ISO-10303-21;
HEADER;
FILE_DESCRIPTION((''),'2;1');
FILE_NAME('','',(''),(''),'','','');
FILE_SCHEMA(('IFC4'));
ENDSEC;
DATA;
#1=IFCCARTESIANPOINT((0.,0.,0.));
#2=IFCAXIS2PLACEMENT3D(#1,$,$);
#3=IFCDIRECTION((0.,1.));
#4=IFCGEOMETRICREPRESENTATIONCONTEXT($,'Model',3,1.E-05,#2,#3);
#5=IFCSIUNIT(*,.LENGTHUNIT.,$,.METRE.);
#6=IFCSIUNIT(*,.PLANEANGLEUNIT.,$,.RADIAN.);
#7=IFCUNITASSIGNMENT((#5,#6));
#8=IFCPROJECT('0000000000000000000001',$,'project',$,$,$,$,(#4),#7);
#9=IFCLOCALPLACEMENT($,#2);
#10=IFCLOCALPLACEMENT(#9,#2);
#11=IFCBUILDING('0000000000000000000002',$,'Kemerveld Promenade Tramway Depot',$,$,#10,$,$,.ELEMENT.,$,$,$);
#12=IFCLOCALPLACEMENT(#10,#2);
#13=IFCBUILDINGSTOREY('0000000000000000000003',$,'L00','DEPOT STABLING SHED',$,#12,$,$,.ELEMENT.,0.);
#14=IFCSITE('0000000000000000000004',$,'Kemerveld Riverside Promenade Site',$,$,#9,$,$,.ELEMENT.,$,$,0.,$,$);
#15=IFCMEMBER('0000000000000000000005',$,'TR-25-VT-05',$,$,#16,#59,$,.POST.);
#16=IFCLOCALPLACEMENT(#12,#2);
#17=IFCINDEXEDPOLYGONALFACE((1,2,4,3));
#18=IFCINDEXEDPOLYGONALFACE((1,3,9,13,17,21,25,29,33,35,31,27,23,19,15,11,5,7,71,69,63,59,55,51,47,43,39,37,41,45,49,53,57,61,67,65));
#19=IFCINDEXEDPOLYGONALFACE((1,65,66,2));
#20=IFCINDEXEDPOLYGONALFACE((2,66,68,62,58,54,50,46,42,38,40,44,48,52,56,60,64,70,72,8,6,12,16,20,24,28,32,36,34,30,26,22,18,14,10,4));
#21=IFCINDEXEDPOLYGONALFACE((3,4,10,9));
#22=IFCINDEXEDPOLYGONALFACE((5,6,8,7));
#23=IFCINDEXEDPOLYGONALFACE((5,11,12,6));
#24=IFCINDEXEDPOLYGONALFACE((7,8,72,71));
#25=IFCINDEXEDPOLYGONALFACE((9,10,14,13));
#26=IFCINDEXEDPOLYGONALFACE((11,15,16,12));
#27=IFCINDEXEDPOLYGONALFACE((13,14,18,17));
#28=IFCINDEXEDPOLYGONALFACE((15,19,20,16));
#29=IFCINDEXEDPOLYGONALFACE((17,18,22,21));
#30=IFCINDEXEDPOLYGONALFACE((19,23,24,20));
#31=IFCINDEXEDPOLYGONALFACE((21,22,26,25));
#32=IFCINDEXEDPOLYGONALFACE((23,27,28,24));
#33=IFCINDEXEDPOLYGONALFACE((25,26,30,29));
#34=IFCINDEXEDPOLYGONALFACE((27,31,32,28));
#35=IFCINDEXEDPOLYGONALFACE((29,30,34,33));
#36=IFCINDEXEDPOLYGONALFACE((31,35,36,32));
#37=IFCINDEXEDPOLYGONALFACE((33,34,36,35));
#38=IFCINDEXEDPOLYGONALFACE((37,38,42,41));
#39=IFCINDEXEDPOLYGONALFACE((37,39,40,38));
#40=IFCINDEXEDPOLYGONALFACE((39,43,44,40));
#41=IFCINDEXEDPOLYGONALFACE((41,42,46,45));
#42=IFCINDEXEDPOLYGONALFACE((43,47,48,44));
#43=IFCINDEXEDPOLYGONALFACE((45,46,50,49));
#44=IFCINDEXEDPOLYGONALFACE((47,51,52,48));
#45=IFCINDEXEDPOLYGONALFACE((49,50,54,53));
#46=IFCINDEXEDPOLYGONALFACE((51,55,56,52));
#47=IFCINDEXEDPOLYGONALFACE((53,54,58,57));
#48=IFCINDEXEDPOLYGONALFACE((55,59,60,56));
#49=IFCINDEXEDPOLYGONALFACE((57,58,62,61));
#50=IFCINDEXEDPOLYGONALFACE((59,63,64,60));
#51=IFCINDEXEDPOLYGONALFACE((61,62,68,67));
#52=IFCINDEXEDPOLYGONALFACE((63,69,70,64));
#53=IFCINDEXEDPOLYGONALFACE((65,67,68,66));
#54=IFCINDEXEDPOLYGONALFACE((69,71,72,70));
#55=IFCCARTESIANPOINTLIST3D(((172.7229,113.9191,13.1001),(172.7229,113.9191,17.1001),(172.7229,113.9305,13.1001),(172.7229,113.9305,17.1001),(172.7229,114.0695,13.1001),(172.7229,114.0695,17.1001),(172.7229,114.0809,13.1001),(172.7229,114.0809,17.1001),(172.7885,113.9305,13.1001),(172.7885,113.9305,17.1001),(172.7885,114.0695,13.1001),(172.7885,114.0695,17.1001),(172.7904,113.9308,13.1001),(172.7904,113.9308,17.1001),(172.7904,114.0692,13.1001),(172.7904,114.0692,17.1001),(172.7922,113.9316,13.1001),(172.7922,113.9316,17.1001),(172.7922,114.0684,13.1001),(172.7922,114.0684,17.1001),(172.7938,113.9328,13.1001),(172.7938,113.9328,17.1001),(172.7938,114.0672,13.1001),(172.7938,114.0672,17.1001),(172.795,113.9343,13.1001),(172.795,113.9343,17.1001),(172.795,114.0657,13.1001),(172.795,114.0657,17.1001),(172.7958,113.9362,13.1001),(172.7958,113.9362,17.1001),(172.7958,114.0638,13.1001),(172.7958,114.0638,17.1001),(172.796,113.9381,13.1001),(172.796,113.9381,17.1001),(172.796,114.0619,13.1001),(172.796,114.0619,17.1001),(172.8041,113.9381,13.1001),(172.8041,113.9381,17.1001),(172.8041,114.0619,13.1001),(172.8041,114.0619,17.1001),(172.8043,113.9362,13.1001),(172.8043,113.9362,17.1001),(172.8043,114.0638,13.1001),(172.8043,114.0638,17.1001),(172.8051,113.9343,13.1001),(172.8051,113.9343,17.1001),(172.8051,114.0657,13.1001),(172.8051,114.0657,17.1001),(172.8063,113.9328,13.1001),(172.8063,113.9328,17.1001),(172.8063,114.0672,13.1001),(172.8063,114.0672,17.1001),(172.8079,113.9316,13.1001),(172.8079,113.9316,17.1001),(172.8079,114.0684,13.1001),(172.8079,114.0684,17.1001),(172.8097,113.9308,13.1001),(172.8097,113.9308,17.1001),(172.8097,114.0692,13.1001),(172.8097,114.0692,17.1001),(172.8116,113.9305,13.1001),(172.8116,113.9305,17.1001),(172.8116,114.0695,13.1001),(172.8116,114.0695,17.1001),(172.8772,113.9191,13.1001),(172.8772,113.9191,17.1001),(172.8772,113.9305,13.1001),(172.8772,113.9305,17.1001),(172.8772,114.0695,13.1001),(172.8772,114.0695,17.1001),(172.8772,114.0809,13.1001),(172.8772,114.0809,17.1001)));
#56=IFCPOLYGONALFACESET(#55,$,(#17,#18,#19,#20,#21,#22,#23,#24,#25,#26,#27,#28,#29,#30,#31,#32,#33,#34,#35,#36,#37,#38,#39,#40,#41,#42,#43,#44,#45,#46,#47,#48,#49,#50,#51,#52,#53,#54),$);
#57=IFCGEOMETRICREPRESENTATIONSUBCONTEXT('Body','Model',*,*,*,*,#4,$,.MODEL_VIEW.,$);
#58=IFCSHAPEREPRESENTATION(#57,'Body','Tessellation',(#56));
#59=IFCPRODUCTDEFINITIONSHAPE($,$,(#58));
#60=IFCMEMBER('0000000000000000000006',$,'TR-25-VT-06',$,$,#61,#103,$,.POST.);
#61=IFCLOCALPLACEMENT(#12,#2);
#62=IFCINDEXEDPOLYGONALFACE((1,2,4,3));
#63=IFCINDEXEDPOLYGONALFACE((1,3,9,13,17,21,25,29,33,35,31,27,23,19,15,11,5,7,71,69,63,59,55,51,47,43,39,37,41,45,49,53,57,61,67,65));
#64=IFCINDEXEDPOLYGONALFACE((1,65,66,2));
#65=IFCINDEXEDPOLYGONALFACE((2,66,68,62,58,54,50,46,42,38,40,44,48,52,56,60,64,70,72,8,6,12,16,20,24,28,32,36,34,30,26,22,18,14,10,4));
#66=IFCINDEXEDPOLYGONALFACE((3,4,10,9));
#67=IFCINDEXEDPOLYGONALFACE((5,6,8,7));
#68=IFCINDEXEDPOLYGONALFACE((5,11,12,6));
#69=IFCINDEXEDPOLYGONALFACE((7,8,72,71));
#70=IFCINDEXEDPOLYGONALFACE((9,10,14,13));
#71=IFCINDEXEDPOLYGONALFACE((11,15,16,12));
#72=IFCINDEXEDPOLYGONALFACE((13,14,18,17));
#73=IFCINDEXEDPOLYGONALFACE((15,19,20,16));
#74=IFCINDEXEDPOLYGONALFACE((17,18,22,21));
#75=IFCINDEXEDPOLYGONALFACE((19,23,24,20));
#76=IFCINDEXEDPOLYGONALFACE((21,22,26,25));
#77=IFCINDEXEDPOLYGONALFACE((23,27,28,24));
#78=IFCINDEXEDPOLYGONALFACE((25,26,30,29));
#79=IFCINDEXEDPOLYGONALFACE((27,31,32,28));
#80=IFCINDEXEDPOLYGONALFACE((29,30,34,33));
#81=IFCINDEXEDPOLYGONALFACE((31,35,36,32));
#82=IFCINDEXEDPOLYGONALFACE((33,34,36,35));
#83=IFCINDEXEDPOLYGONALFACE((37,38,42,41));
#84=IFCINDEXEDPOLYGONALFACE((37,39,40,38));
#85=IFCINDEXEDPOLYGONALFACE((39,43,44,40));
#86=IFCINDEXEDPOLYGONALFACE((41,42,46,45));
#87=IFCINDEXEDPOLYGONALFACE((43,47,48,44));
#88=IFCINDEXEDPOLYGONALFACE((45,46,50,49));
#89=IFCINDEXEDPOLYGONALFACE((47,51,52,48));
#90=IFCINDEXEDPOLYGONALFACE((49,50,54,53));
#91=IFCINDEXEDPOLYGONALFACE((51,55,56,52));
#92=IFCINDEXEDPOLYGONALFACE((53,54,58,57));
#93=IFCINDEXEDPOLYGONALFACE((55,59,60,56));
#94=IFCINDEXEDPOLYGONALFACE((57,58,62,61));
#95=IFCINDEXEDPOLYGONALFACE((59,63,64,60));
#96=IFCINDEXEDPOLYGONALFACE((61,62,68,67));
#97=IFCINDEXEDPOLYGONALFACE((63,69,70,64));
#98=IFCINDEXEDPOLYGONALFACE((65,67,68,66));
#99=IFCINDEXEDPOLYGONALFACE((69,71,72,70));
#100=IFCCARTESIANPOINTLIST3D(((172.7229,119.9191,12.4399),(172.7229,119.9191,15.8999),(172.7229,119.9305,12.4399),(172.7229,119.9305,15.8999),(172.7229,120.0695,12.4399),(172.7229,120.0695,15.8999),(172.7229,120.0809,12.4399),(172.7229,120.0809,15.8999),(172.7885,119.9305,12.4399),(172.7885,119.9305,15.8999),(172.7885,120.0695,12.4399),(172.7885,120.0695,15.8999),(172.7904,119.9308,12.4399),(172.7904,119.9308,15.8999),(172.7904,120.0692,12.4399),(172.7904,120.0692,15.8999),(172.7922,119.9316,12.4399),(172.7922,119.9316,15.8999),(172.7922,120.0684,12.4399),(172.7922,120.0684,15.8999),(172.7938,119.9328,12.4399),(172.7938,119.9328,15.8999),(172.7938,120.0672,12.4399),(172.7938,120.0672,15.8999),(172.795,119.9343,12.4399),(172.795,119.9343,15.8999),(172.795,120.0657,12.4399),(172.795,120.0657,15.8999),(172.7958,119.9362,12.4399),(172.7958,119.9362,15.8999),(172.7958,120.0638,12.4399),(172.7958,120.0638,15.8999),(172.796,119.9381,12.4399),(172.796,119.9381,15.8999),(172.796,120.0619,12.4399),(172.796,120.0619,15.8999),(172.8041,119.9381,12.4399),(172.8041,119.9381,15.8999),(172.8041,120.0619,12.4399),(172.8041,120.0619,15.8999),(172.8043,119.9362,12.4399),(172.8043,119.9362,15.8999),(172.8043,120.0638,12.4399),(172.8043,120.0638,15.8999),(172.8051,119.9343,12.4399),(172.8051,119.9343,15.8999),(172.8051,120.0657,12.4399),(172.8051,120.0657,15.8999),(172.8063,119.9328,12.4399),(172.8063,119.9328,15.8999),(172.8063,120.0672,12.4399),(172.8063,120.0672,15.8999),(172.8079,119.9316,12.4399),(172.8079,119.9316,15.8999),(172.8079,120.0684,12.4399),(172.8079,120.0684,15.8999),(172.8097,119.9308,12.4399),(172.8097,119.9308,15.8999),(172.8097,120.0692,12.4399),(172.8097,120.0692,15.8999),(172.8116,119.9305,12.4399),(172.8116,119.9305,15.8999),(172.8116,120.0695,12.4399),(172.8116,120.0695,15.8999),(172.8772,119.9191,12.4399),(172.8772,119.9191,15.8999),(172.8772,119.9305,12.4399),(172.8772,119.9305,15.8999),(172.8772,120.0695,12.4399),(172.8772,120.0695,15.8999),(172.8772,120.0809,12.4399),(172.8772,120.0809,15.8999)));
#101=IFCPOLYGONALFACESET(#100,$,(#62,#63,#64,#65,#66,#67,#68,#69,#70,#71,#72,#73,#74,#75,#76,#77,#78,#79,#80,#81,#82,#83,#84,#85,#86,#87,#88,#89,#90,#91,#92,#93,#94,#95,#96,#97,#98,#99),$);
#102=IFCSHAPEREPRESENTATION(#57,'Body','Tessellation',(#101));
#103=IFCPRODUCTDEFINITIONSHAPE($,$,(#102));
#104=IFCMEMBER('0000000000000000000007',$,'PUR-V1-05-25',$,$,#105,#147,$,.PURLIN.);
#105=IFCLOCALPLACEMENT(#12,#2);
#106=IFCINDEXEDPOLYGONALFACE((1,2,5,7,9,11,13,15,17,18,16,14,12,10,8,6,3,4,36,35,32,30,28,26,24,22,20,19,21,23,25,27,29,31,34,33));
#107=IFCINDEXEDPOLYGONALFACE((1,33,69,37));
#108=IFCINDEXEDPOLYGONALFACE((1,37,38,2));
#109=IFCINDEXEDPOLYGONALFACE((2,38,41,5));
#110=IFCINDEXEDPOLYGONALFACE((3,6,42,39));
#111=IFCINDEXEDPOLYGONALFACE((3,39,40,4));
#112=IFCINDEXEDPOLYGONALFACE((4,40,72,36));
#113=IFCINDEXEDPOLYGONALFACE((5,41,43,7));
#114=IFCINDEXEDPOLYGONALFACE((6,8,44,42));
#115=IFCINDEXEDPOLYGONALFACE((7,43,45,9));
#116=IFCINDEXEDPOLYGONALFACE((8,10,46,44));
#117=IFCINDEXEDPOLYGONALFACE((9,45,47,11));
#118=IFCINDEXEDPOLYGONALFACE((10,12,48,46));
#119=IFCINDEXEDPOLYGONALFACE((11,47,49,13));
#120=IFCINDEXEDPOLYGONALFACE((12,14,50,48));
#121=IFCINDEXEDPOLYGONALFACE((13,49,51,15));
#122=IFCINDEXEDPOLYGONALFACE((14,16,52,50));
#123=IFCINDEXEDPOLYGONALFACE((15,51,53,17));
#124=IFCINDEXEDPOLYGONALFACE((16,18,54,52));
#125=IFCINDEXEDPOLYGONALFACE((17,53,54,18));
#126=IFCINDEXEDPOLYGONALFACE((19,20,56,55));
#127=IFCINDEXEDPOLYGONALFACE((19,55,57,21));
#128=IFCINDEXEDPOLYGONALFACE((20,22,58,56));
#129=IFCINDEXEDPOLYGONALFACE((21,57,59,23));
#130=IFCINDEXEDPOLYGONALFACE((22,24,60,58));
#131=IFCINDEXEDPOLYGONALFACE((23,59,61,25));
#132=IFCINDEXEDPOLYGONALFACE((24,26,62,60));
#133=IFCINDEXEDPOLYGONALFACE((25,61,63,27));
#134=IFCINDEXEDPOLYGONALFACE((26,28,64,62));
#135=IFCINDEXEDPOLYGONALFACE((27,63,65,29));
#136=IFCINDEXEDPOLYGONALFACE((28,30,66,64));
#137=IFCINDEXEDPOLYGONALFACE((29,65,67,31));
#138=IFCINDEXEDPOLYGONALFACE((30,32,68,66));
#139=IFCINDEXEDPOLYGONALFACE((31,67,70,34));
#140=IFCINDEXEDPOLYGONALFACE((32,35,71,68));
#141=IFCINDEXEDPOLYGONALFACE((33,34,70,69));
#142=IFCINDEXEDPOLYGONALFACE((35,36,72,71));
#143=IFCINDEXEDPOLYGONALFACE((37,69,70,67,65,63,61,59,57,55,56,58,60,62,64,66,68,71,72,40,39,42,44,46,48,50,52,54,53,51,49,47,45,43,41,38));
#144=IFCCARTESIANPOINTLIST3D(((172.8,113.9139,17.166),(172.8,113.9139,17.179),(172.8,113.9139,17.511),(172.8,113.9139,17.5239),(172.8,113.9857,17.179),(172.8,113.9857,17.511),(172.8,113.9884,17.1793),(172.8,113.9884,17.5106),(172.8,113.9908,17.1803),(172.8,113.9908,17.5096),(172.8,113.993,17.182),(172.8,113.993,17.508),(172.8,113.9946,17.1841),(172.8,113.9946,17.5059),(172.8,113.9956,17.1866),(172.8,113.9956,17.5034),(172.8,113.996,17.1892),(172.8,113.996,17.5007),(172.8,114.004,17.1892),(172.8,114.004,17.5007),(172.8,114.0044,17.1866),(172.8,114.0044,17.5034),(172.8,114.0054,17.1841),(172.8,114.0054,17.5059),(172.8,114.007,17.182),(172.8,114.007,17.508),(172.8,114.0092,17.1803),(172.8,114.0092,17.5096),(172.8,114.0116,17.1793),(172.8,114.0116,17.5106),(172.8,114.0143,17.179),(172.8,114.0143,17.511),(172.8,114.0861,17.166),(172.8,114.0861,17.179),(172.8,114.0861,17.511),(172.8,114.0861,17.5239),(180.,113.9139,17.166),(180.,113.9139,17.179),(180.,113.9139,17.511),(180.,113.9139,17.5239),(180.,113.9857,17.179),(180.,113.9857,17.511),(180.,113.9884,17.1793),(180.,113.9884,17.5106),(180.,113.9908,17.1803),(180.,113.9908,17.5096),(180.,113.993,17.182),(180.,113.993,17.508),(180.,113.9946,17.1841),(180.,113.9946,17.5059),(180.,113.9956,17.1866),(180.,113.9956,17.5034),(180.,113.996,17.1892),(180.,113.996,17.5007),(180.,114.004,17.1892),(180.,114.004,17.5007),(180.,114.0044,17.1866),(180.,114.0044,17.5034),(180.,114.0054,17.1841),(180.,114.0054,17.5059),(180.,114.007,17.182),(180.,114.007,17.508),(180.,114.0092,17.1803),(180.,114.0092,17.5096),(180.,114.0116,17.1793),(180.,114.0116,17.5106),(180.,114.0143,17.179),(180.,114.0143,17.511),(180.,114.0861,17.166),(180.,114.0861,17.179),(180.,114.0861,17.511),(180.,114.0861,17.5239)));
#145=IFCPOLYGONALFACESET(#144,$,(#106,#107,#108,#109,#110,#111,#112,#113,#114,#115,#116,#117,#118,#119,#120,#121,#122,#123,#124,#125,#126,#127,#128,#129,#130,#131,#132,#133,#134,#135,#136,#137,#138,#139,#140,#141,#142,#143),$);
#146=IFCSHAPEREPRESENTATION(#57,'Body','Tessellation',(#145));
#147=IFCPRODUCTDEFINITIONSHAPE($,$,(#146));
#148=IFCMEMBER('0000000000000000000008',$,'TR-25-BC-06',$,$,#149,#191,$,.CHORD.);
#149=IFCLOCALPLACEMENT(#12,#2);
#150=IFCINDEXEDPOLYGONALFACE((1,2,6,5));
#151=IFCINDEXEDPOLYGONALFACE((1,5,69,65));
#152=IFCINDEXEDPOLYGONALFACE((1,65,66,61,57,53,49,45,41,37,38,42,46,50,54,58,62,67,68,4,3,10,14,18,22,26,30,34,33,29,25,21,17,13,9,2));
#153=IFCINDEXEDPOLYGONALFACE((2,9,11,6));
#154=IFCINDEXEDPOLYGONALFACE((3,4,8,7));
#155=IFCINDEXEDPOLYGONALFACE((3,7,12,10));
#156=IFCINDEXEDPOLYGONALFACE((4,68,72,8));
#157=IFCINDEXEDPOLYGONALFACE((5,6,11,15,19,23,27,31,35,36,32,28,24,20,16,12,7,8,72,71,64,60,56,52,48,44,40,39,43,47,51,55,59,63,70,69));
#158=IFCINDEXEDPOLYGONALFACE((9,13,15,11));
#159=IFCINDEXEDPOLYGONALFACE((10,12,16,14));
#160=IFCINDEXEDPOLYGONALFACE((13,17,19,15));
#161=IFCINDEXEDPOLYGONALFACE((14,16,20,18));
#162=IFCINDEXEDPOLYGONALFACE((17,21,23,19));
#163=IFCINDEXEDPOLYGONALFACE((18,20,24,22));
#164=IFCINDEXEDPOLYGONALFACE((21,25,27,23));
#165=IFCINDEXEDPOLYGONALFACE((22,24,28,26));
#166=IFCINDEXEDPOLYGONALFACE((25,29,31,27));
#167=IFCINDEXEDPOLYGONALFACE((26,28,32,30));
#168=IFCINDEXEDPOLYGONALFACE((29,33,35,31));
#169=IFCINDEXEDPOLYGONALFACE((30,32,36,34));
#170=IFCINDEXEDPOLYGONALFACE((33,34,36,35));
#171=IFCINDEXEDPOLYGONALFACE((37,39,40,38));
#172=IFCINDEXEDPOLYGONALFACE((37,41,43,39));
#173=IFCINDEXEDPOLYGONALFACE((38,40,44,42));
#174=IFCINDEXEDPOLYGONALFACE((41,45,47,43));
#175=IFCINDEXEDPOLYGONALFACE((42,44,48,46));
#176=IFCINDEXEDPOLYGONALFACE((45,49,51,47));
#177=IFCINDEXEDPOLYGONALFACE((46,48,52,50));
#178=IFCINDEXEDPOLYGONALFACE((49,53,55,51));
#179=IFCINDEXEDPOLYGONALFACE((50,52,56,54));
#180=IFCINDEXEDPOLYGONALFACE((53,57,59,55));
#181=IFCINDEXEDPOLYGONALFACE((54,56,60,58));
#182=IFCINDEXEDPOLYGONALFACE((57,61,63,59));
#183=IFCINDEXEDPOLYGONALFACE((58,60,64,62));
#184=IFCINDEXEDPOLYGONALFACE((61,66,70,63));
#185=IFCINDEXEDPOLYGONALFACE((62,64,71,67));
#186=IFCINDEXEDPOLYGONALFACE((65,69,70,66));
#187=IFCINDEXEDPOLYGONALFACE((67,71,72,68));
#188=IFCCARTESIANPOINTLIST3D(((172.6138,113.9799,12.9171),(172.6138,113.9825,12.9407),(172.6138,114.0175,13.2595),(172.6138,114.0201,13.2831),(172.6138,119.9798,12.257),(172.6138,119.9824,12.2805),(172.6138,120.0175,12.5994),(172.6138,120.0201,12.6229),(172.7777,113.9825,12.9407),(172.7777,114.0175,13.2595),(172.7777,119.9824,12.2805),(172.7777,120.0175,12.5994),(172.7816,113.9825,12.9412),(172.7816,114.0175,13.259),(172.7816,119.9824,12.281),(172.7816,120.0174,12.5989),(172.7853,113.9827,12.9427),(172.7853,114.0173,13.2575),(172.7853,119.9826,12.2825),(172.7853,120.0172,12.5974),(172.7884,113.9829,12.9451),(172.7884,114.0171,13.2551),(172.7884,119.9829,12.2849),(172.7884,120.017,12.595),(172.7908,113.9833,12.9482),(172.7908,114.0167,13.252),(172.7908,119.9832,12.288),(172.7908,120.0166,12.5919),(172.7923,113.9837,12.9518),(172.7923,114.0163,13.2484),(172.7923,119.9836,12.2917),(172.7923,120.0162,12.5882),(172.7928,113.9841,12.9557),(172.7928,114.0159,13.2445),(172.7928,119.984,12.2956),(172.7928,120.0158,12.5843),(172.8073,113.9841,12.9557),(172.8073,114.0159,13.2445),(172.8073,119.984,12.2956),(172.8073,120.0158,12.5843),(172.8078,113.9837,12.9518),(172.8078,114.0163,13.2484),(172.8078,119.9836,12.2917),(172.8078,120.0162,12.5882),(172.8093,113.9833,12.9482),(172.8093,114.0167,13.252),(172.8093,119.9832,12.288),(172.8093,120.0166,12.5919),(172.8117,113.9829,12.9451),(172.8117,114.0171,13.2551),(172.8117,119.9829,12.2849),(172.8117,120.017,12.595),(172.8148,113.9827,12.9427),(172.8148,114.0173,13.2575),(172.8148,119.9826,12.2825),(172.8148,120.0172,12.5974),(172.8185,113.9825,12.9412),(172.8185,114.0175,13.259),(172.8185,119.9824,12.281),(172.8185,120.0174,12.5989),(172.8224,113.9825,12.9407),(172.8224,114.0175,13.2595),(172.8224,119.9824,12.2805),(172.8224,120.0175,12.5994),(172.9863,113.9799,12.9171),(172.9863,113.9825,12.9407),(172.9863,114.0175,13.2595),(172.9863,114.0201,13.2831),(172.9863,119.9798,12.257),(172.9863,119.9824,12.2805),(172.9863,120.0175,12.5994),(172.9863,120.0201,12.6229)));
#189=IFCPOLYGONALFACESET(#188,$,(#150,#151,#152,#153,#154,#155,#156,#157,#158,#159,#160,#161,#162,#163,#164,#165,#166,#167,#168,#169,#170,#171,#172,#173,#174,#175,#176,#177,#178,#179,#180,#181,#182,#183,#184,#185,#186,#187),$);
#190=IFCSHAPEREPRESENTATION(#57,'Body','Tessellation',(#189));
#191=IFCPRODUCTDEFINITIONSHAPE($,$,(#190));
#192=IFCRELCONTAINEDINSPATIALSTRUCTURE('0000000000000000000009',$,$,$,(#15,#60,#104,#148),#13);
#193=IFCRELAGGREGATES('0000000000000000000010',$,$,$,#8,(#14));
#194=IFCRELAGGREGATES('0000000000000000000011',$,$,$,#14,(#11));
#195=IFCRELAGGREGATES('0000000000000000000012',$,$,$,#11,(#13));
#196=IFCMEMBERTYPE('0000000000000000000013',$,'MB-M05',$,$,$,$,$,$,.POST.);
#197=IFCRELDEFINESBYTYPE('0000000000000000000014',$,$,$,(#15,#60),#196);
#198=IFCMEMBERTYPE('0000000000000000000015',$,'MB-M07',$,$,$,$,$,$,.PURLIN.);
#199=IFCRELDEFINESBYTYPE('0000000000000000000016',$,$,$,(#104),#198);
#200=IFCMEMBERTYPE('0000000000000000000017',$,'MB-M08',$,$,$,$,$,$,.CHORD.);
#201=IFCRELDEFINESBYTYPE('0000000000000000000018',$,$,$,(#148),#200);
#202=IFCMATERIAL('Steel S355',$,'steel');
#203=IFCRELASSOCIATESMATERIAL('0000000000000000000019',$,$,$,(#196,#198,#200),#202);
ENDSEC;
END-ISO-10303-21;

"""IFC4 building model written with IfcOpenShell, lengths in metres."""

from ifc_helpers import new_model, si_unit, direction, frame, origin, origin_2d, place, context, subcontext, project, spatial, i_section, extrude, material, material_profile, profile_set, type_object, element, save


model = new_model("IFC4")

# Units and contexts
model_context = context("Model", 3, precision=1e-05, world=origin(), true_north=direction((0.0, 1.0)))
body_context = subcontext(model_context, "Body", "Model", "MODEL_VIEW")
ifc_project = project(units=[si_unit("LENGTHUNIT", "METRE"), si_unit("PLANEANGLEUNIT", "RADIAN")], contexts=[model_context])

# Site, building, storey
site_placement = place(None, origin())
site = spatial("IfcSite", under=ifc_project, at=site_placement, Name="Kemerveld Riverside Promenade Site", CompositionType="ELEMENT", RefElevation=0.0)
building_placement = place(site_placement, origin())
building = spatial("IfcBuilding", under=site, at=building_placement, Name="Kemerveld Promenade Tramway Depot", CompositionType="ELEMENT")
storey_placement = place(building_placement, origin())
storey = spatial("IfcBuildingStorey", under=building, at=storey_placement, Name="L00", Description="DEPOT STABLING SHED", CompositionType="ELEMENT", Elevation=0.0)

# Members
ifc_material = material(Name="Steel S355", Category="steel")
ifc_material_profile_1 = material_profile(ifc_material, i_section(OverallWidth=0.1543, OverallDepth=0.1619, WebThickness=0.0081, FlangeThickness=0.0115, FilletRadius=0.0076, at=origin_2d()), Name="152x152x37 UC")
ifc_profile_set_1 = profile_set([ifc_material_profile_1], Name="Steel S355")
member_type_1 = type_object("IfcMemberType", Name="MB-M05", PredefinedType="POST", material=ifc_profile_set_1)
member_1_placement = place(storey_placement, frame((172.8, 114.0, 13.1001), z_axis=(0.0, 0.0, 1.0), x_axis=(1.0, 0.0, 0.0)))
element("IfcMember", 1, at=member_1_placement, inside=storey, type_object=member_type_1, Name="TR-25-VT-05", PredefinedType="POST", context=body_context, shape_type="SweptSolid", body=[
    extrude(i_section(OverallWidth=0.1543, OverallDepth=0.1619, WebThickness=0.0081, FlangeThickness=0.0115, FilletRadius=0.0076, at=origin_2d()), origin(), (0.0, 0.0, 1.0), 4.0),
])
member_2_placement = place(storey_placement, frame((172.8, 120.0, 12.4399), z_axis=(0.0, 0.0, 1.0), x_axis=(1.0, 0.0, 0.0)))
element("IfcMember", 2, at=member_2_placement, inside=storey, type_object=member_type_1, Name="TR-25-VT-06", PredefinedType="POST", context=body_context, shape_type="SweptSolid", body=[
    extrude(i_section(OverallWidth=0.1543, OverallDepth=0.1619, WebThickness=0.0081, FlangeThickness=0.0115, FilletRadius=0.0076, at=origin_2d()), origin(), (0.0, 0.0, 1.0), 3.46),
])
ifc_material_profile_2 = material_profile(ifc_material, i_section(OverallWidth=0.1721, OverallDepth=0.3579, WebThickness=0.0081, FlangeThickness=0.0129, FilletRadius=0.0103, at=origin_2d()), Name="356x171x57 UB")
ifc_profile_set_2 = profile_set([ifc_material_profile_2], Name="Steel S355")
member_type_2 = type_object("IfcMemberType", Name="MB-M07", PredefinedType="PURLIN", material=ifc_profile_set_2)
member_3_placement = place(storey_placement, frame((172.8, 114.0, 17.345), z_axis=(1.0, 0.0, 0.0), x_axis=(0.0, 1.0, 0.0)))
element("IfcMember", 3, at=member_3_placement, inside=storey, type_object=member_type_2, Name="PUR-V1-05-25", PredefinedType="PURLIN", context=body_context, shape_type="SweptSolid", body=[
    extrude(i_section(OverallWidth=0.1721, OverallDepth=0.3579, WebThickness=0.0081, FlangeThickness=0.0129, FilletRadius=0.0103, at=origin_2d()), origin(), (0.0, 0.0, 1.0), 7.2),
])
ifc_material_profile_3 = material_profile(ifc_material, i_section(OverallWidth=0.3726, OverallDepth=0.3682, WebThickness=0.0144, FlangeThickness=0.0237, FilletRadius=0.0151, at=origin_2d()), Name="356x368x177 UC")
ifc_profile_set_3 = profile_set([ifc_material_profile_3], Name="Steel S355")
member_type_3 = type_object("IfcMemberType", Name="MB-M08", PredefinedType="CHORD", material=ifc_profile_set_3)
for number, where, z_axis, x_axis, name in (
    (4, (172.8, 114.0, 13.1001), (0.0, 0.994002, -0.109366), (-1.0, 0.0, 0.0), "TR-25-BC-06"),
):
    element("IfcMember", number, at=place(storey_placement, frame(where, z_axis=z_axis, x_axis=x_axis)), inside=storey, type_object=member_type_3, Name=name, PredefinedType="CHORD", context=body_context, shape_type="SweptSolid", body=[
        extrude(i_section(OverallWidth=0.3726, OverallDepth=0.3682, WebThickness=0.0144, FlangeThickness=0.0237, FilletRadius=0.0151, at=origin_2d()), origin(), (0.0, 0.0, 1.0), 6.0361),
    ])

save(model, "model.ifc")
